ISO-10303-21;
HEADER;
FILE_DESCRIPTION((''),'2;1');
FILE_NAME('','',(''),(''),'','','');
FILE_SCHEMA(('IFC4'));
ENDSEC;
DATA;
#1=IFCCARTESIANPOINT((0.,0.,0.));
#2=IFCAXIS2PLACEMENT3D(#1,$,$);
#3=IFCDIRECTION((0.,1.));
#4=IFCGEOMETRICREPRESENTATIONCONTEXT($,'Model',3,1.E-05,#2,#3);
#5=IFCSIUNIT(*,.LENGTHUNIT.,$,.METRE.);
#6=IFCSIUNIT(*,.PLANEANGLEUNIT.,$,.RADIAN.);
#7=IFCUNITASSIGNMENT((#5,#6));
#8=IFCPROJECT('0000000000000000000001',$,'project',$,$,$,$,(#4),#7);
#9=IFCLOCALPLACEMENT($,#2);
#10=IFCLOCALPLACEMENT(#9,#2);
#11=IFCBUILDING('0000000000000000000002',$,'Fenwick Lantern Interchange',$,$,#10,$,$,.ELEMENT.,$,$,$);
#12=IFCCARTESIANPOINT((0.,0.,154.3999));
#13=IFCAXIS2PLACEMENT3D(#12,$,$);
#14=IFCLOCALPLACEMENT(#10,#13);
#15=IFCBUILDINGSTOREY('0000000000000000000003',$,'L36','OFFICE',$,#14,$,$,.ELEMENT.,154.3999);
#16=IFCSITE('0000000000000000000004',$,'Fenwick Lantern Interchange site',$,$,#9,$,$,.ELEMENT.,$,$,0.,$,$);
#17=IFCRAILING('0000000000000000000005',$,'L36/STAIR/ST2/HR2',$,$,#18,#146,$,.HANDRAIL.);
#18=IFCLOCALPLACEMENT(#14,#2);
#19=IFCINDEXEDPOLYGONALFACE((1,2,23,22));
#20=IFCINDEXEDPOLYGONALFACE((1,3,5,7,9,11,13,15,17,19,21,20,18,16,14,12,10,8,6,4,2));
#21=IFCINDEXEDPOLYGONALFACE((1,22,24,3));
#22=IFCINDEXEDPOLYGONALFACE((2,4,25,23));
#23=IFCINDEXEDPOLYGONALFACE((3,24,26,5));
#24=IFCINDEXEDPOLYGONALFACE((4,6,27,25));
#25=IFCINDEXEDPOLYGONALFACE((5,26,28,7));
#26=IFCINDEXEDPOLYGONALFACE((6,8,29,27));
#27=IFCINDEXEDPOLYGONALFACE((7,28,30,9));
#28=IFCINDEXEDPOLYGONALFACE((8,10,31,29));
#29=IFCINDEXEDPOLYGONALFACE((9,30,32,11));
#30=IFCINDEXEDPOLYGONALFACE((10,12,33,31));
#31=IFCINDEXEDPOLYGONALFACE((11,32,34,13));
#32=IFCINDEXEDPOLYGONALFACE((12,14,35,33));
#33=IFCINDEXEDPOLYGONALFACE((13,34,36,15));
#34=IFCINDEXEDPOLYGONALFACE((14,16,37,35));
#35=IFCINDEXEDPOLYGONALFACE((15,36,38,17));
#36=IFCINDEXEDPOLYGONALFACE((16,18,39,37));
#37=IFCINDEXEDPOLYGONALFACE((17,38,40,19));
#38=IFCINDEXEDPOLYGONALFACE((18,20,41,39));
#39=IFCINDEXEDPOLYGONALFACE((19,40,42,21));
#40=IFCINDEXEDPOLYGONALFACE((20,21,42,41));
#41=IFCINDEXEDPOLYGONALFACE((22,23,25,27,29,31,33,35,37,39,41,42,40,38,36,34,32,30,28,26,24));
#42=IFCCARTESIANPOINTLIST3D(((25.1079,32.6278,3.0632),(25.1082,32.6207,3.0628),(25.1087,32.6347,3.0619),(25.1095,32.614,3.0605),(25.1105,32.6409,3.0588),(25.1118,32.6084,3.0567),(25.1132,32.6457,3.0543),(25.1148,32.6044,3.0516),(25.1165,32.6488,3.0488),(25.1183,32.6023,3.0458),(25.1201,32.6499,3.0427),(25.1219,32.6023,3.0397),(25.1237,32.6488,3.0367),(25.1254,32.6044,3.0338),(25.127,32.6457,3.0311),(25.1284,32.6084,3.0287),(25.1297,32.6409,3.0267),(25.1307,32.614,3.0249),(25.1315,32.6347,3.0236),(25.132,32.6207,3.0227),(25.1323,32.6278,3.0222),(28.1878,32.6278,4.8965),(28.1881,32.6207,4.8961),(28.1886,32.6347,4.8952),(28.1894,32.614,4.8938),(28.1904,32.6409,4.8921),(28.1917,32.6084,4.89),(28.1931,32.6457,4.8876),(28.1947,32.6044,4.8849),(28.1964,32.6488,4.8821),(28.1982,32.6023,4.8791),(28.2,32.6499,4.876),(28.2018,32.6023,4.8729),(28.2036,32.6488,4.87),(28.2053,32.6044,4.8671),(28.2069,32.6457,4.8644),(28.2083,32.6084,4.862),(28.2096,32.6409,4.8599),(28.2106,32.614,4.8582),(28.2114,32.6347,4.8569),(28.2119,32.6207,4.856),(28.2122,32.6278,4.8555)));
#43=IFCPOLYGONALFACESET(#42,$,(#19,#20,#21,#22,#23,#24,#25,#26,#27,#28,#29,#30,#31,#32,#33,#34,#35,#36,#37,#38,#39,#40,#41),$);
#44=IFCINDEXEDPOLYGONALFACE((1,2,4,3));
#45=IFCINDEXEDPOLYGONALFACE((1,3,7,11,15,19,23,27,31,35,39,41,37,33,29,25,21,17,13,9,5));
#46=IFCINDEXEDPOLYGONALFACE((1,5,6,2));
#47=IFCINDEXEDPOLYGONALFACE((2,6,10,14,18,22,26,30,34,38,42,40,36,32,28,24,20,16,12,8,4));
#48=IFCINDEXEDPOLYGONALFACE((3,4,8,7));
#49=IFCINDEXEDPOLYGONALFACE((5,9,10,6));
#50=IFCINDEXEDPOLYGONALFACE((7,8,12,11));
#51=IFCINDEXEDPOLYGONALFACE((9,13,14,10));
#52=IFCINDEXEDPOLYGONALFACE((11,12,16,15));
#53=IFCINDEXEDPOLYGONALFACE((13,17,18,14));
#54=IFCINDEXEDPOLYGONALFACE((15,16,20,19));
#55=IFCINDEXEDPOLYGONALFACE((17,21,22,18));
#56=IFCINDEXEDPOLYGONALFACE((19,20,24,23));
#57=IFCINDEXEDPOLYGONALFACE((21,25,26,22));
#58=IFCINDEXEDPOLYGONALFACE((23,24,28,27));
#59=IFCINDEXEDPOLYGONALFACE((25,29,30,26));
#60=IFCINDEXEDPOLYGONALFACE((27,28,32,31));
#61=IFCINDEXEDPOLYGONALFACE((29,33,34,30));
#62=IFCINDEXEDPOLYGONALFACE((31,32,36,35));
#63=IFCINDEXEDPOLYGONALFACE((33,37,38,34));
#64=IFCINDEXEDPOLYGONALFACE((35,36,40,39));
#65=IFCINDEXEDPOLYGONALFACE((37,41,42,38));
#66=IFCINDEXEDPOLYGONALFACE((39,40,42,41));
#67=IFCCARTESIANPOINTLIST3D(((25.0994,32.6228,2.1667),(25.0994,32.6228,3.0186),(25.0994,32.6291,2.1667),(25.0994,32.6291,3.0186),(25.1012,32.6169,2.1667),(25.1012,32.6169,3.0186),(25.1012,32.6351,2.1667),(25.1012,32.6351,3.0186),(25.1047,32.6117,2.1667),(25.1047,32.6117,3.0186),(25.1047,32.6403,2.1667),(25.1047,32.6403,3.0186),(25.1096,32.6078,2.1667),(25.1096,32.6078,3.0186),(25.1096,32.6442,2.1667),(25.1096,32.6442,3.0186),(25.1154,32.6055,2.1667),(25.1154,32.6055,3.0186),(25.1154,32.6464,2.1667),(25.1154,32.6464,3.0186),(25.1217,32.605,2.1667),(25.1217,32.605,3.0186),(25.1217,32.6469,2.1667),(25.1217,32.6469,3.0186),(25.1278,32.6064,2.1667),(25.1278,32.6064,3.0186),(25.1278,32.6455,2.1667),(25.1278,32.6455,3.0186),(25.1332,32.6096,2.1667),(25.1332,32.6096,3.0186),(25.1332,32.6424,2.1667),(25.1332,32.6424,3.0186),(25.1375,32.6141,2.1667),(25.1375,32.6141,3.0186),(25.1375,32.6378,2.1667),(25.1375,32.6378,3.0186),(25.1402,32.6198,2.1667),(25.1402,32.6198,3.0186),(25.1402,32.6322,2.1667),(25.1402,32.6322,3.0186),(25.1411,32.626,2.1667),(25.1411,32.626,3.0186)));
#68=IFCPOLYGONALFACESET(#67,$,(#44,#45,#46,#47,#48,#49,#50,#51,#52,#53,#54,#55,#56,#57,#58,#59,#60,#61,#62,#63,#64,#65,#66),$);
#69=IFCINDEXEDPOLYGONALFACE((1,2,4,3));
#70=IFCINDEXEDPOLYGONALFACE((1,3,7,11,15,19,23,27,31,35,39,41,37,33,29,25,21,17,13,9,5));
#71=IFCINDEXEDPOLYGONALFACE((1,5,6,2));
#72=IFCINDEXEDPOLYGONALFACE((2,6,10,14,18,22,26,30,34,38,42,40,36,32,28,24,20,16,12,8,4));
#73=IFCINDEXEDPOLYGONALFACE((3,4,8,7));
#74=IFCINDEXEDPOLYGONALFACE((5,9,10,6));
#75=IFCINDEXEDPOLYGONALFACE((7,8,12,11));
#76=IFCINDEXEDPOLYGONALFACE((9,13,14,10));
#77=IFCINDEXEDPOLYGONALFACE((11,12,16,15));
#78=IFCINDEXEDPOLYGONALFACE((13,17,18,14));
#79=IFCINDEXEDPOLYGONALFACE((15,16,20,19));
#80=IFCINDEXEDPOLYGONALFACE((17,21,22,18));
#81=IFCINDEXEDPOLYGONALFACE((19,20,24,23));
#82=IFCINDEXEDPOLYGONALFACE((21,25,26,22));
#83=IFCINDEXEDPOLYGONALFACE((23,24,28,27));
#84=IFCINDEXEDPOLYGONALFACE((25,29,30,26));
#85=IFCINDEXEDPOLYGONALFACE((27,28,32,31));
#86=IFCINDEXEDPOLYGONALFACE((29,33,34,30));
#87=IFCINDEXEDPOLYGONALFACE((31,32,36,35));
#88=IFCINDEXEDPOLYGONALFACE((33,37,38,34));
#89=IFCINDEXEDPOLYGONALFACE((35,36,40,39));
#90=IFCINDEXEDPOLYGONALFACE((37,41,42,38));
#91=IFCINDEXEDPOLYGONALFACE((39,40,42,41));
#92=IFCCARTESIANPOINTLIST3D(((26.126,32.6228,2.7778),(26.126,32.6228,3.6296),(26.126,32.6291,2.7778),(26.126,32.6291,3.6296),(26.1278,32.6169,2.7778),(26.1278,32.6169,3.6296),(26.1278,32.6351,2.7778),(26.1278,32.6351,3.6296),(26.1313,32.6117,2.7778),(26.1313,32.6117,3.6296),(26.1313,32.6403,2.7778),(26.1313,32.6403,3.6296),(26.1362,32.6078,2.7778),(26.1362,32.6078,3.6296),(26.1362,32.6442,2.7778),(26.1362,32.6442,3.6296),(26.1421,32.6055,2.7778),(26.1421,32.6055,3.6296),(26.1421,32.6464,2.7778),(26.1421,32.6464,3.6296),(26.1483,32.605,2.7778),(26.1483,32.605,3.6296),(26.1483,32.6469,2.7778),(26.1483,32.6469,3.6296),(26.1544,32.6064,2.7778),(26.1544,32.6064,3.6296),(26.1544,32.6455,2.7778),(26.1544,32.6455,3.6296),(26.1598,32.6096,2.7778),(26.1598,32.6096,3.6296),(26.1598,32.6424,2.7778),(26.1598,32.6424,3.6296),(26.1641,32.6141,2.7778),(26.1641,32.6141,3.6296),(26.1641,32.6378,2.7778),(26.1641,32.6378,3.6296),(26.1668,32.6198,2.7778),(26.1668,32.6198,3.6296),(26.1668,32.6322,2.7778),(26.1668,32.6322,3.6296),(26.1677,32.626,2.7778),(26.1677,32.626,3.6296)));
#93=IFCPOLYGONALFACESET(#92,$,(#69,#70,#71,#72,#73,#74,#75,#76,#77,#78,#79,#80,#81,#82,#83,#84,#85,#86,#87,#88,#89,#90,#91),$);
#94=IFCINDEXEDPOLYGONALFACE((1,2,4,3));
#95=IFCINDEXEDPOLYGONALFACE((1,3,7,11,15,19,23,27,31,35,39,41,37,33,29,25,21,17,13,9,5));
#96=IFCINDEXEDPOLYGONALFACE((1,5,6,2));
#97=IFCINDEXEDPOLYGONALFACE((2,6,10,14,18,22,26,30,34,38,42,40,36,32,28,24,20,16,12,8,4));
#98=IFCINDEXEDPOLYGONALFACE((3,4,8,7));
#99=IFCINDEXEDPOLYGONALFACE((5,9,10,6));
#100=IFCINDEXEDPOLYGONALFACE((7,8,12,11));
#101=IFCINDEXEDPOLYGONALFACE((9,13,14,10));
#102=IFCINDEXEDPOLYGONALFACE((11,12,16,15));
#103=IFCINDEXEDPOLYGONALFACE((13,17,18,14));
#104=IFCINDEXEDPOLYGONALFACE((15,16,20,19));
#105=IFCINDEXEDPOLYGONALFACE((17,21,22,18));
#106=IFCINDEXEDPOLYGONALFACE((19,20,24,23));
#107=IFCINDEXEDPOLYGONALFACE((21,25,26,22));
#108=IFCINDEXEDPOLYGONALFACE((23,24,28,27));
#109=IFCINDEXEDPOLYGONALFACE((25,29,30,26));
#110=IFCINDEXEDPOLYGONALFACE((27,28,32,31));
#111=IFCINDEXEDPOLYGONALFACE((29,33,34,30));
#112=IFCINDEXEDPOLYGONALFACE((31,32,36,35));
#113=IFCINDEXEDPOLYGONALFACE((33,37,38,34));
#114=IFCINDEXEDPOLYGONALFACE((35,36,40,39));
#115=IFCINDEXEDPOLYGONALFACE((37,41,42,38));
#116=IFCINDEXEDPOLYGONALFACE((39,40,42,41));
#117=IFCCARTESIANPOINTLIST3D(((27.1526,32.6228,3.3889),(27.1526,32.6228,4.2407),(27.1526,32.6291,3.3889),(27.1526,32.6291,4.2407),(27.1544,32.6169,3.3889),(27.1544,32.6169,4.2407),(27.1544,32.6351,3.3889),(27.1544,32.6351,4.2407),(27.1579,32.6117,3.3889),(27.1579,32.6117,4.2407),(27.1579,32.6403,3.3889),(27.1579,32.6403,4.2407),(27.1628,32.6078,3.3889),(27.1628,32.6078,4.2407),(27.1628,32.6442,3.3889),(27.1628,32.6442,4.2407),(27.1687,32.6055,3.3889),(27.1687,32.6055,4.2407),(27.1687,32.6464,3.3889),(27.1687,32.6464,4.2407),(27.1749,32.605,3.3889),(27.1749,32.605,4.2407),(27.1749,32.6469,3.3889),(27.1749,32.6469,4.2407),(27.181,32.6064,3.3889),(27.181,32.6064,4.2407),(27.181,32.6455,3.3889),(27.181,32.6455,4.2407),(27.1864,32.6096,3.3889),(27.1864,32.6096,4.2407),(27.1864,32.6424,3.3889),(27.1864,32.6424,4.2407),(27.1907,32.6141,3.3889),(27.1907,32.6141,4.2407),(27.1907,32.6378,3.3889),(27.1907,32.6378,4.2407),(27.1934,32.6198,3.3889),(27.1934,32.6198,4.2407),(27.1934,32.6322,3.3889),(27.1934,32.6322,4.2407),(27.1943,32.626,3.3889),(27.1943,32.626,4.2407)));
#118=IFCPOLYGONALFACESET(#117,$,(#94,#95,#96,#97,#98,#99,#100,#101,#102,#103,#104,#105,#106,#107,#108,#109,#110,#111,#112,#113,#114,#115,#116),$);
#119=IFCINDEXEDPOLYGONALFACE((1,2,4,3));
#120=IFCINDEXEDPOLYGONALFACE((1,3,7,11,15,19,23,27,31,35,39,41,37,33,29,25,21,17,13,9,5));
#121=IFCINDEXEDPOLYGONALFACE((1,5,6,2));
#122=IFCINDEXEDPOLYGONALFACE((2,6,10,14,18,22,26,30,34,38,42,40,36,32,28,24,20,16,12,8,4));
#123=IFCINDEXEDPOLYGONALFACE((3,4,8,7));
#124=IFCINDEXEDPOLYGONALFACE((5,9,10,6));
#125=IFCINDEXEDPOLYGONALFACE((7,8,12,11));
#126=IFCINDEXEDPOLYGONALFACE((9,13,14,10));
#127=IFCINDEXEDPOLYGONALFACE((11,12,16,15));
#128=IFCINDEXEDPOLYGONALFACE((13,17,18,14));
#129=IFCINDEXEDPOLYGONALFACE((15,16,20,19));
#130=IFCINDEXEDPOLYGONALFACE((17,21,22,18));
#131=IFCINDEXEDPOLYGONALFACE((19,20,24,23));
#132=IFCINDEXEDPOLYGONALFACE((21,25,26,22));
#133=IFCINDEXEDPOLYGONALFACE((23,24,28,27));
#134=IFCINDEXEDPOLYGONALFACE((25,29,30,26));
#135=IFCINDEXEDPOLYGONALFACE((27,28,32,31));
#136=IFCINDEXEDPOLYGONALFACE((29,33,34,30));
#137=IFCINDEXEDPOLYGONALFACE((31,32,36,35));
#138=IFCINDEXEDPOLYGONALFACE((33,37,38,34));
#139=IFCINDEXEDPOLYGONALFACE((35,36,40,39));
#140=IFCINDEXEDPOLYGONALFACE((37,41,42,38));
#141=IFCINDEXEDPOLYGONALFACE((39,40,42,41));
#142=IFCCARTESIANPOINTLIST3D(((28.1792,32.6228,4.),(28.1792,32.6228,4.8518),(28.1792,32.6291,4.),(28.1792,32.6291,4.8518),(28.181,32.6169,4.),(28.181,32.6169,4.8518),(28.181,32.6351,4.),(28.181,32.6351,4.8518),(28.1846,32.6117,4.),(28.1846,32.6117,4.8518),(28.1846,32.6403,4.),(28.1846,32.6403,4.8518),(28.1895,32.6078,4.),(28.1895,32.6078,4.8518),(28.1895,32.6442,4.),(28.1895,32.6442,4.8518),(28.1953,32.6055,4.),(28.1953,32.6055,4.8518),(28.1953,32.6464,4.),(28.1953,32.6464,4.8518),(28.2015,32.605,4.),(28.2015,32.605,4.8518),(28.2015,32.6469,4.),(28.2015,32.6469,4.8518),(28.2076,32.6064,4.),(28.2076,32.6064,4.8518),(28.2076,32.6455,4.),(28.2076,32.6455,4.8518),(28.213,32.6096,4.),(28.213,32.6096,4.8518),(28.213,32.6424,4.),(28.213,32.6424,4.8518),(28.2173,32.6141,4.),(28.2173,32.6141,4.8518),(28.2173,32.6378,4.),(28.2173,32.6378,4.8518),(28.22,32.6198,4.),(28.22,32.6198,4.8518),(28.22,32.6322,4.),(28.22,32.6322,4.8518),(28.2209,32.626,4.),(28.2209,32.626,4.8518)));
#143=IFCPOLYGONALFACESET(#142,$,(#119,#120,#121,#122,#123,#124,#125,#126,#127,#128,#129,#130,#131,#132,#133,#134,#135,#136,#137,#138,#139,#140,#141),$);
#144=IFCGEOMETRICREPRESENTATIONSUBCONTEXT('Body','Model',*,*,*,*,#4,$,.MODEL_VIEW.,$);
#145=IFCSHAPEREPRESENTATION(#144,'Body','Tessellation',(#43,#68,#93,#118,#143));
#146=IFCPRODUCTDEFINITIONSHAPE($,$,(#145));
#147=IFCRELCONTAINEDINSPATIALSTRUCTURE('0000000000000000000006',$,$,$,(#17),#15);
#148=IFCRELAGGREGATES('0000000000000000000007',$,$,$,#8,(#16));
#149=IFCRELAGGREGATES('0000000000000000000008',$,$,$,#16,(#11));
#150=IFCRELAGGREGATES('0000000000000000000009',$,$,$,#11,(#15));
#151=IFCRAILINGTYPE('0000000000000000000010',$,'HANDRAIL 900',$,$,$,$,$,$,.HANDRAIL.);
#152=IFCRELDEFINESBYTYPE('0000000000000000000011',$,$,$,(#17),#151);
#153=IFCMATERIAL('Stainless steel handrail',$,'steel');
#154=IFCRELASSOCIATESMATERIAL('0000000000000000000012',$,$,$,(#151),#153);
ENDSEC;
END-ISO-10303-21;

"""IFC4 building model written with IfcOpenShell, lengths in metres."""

from ifc_helpers import new_model, si_unit, direction, frame, origin, origin_2d, place, context, subcontext, project, spatial, circle, extrude, material, type_object, element, save


model = new_model("IFC4")

# Units and contexts
model_context = context("Model", 3, precision=1e-05, world=origin(), true_north=direction((0.0, 1.0)))
body_context = subcontext(model_context, "Body", "Model", "MODEL_VIEW")
ifc_project = project(units=[si_unit("LENGTHUNIT", "METRE"), si_unit("PLANEANGLEUNIT", "RADIAN")], contexts=[model_context])

# Site, building, storey
site_placement = place(None, origin())
site = spatial("IfcSite", under=ifc_project, at=site_placement, Name="Fenwick Lantern Interchange site", CompositionType="ELEMENT", RefElevation=0.0)
building_placement = place(site_placement, origin())
building = spatial("IfcBuilding", under=site, at=building_placement, Name="Fenwick Lantern Interchange", CompositionType="ELEMENT")
storey_placement = place(building_placement, frame((0.0, 0.0, 154.3999)))
storey = spatial("IfcBuildingStorey", under=building, at=storey_placement, Name="L36", Description="OFFICE", CompositionType="ELEMENT", Elevation=154.3999)

# Railing
ifc_material_1 = material(Name="Stainless steel handrail", Category="steel")
railing_type = type_object("IfcRailingType", Name="HANDRAIL 900", PredefinedType="HANDRAIL", material=ifc_material_1)
railing_1_placement = place(storey_placement, frame((25.1201, 32.626, 2.1667)))
element("IfcRailing", 1, at=railing_1_placement, inside=storey, type_object=railing_type, Name="L36/STAIR/ST2/HR2", PredefinedType="HANDRAIL", context=body_context, shape_type="SweptSolid", body=[
    extrude(circle(Radius=0.0239, at=origin_2d()), frame((0.0, 0.0, 0.876), z_axis=(0.859291, 0.0, 0.511487), x_axis=(0.0, 1.0, 0.0)), (0.0, 0.0, 1.0), 3.5842),
    extrude(circle(Radius=0.021, at=origin_2d()), origin(), (0.0, 0.0, 1.0), 0.8518),
    extrude(circle(Radius=0.021, at=origin_2d()), frame((1.0266, 0.0, 0.6111)), (0.0, 0.0, 1.0), 0.8518),
    extrude(circle(Radius=0.021, at=origin_2d()), frame((2.0532, 0.0, 1.2222)), (0.0, 0.0, 1.0), 0.8518),
    extrude(circle(Radius=0.021, at=origin_2d()), frame((3.0798, 0.0, 1.8333)), (0.0, 0.0, 1.0), 0.8518),
])

save(model, "model.ifc")
